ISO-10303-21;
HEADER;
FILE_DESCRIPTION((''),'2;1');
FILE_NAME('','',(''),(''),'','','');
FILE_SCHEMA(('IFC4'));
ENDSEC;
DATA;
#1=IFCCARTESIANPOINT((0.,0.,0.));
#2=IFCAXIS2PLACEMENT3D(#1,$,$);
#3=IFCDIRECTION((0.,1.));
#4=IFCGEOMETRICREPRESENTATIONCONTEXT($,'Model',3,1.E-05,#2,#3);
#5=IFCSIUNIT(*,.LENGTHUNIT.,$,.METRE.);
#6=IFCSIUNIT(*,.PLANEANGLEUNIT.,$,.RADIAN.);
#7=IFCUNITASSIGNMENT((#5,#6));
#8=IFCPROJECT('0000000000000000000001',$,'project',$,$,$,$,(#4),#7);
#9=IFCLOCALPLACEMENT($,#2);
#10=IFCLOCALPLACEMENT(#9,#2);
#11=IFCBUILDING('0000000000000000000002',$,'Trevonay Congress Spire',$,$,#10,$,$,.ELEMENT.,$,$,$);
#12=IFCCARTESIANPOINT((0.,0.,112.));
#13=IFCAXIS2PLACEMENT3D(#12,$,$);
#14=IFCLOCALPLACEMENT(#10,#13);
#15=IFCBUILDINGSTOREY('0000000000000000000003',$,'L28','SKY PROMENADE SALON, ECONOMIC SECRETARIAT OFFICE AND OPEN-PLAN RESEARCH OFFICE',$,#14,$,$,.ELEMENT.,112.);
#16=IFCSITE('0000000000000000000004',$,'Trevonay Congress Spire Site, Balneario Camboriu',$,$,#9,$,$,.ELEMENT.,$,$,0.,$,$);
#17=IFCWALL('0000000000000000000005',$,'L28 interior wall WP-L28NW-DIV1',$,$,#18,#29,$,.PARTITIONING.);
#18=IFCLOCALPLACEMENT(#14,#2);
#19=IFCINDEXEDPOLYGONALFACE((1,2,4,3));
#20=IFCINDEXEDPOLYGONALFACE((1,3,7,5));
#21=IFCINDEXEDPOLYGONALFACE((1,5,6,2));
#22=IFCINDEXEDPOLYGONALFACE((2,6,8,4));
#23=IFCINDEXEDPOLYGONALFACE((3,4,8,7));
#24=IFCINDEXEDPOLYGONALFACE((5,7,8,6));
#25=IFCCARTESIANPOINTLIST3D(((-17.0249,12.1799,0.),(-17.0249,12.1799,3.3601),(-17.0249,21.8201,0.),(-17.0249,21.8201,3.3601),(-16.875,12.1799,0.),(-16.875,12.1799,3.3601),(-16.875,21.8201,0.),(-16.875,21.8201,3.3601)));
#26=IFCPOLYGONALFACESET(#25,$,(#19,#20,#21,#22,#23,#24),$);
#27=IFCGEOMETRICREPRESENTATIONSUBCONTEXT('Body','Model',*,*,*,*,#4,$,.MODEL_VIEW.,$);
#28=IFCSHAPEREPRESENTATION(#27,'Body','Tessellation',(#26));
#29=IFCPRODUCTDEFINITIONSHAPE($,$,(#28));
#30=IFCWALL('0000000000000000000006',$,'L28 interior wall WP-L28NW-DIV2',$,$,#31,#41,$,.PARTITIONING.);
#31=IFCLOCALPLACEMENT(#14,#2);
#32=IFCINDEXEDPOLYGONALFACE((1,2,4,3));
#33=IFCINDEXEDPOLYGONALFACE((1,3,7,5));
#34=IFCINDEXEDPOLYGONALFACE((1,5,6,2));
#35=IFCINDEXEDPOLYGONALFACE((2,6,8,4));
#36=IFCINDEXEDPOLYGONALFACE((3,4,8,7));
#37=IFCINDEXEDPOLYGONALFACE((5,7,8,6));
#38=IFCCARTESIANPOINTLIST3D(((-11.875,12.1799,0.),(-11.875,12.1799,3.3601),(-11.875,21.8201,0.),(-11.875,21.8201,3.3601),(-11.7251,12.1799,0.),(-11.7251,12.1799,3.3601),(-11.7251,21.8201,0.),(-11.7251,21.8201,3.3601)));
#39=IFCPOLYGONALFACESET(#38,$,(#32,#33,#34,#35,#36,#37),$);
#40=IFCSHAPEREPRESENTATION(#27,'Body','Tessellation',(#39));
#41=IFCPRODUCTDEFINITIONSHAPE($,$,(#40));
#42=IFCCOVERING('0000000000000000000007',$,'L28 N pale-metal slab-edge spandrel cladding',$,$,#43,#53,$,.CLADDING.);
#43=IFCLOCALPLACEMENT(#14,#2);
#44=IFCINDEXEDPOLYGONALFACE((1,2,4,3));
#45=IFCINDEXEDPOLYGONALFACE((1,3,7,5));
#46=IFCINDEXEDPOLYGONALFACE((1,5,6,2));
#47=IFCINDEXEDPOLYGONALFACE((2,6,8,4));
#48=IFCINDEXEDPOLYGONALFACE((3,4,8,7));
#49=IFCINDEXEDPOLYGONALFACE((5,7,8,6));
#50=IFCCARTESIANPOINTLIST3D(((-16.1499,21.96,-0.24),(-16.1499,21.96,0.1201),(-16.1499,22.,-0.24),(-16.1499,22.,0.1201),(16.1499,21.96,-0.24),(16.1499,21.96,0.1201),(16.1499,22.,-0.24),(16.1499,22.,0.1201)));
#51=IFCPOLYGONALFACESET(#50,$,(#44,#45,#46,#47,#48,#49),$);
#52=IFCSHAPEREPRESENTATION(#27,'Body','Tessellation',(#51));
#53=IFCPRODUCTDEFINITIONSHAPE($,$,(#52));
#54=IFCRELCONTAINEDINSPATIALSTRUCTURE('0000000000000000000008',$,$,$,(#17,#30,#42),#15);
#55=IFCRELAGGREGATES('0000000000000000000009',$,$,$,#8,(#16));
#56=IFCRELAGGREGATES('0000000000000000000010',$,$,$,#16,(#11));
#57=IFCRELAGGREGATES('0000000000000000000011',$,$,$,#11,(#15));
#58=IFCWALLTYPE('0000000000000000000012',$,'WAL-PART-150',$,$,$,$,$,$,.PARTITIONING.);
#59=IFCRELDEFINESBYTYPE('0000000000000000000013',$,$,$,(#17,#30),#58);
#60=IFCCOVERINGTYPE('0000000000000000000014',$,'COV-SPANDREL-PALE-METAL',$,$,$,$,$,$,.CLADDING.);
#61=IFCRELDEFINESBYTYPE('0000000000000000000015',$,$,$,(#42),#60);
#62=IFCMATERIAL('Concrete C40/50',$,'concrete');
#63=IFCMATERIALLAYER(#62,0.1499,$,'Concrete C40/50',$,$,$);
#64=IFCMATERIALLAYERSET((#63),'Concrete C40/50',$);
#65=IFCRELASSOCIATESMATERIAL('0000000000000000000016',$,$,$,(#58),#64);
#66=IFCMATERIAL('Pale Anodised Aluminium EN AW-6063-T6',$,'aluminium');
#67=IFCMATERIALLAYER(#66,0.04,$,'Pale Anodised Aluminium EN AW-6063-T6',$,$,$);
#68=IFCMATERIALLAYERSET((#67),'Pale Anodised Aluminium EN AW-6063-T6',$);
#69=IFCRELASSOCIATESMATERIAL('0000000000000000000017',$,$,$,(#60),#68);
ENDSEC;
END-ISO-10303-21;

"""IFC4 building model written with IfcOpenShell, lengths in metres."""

from ifc_helpers import new_model, si_unit, direction, frame, frame_2d, origin, place, context, subcontext, project, spatial, rectangle, extrude, material, layer, layer_set, type_object, element, save


model = new_model("IFC4")

# Units and contexts
model_context = context("Model", 3, precision=1e-05, world=origin(), true_north=direction((0.0, 1.0)))
body_context = subcontext(model_context, "Body", "Model", "MODEL_VIEW")
ifc_project = project(units=[si_unit("LENGTHUNIT", "METRE"), si_unit("PLANEANGLEUNIT", "RADIAN")], contexts=[model_context])

# Site, building, storey
site_placement = place(None, origin())
site = spatial("IfcSite", under=ifc_project, at=site_placement, Name="Trevonay Congress Spire Site, Balneario Camboriu", CompositionType="ELEMENT", RefElevation=0.0)
building_placement = place(site_placement, origin())
building = spatial("IfcBuilding", under=site, at=building_placement, Name="Trevonay Congress Spire", CompositionType="ELEMENT")
storey_placement = place(building_placement, frame((0.0, 0.0, 112.0)))
storey = spatial("IfcBuildingStorey", under=building, at=storey_placement, Name="L28", Description="SKY PROMENADE SALON, ECONOMIC SECRETARIAT OFFICE AND OPEN-PLAN RESEARCH OFFICE", CompositionType="ELEMENT", Elevation=112.0)

# Shared definitions
ifc_material_1 = material(Name="Pale Anodised Aluminium EN AW-6063-T6", Category="aluminium")

# Shared definitions
ifc_material_2 = material(Name="Concrete C40/50", Category="concrete")

# Walls
ifc_layer_1 = layer(ifc_material_2, 0.1499, Name="Concrete C40/50")
ifc_layer_set_1 = layer_set([ifc_layer_1], Name="Concrete C40/50")
wall_type_1 = type_object("IfcWallType", Name="WAL-PART-150", PredefinedType="PARTITIONING", material=ifc_layer_set_1)
for number, where, z_axis, x_axis, name in (
    (1, (-16.95, 12.1799, 0.0), (0.0, 0.0, 1.0), (0.0, 1.0, 0.0), "L28 interior wall WP-L28NW-DIV1"),
    (2, (-11.8, 12.1799, 0.0), (0.0, 0.0, 1.0), (0.0, 1.0, 0.0), "L28 interior wall WP-L28NW-DIV2"),
):
    element("IfcWall", number, at=place(storey_placement, frame(where, z_axis=z_axis, x_axis=x_axis)), inside=storey, type_object=wall_type_1, Name=name, PredefinedType="PARTITIONING", context=body_context, shape_type="SweptSolid", body=[
        extrude(rectangle(XDim=9.6401, YDim=0.1499, at=frame_2d((4.8201, 0.0))), origin(), (0.0, 0.0, 1.0), 3.3601),
    ])

# Covering
ifc_layer_2 = layer(ifc_material_1, 0.04, Name="Pale Anodised Aluminium EN AW-6063-T6")
ifc_layer_set_2 = layer_set([ifc_layer_2], Name="Pale Anodised Aluminium EN AW-6063-T6")
covering_type = type_object("IfcCoveringType", Name="COV-SPANDREL-PALE-METAL", PredefinedType="CLADDING", material=ifc_layer_set_2)
covering_placement = place(storey_placement, frame((-16.1499, 21.98, -0.24), z_axis=(0.0, 0.0, 1.0), x_axis=(1.0, 0.0, 0.0)))
element("IfcCovering", 3, at=covering_placement, inside=storey, type_object=covering_type, Name="L28 N pale-metal slab-edge spandrel cladding", PredefinedType="CLADDING", context=body_context, shape_type="SweptSolid", body=[
    extrude(rectangle(XDim=32.2998, YDim=0.04, at=frame_2d((16.1499, 0.0))), origin(), (0.0, 0.0, 1.0), 0.3601),
])

save(model, "model.ifc")
